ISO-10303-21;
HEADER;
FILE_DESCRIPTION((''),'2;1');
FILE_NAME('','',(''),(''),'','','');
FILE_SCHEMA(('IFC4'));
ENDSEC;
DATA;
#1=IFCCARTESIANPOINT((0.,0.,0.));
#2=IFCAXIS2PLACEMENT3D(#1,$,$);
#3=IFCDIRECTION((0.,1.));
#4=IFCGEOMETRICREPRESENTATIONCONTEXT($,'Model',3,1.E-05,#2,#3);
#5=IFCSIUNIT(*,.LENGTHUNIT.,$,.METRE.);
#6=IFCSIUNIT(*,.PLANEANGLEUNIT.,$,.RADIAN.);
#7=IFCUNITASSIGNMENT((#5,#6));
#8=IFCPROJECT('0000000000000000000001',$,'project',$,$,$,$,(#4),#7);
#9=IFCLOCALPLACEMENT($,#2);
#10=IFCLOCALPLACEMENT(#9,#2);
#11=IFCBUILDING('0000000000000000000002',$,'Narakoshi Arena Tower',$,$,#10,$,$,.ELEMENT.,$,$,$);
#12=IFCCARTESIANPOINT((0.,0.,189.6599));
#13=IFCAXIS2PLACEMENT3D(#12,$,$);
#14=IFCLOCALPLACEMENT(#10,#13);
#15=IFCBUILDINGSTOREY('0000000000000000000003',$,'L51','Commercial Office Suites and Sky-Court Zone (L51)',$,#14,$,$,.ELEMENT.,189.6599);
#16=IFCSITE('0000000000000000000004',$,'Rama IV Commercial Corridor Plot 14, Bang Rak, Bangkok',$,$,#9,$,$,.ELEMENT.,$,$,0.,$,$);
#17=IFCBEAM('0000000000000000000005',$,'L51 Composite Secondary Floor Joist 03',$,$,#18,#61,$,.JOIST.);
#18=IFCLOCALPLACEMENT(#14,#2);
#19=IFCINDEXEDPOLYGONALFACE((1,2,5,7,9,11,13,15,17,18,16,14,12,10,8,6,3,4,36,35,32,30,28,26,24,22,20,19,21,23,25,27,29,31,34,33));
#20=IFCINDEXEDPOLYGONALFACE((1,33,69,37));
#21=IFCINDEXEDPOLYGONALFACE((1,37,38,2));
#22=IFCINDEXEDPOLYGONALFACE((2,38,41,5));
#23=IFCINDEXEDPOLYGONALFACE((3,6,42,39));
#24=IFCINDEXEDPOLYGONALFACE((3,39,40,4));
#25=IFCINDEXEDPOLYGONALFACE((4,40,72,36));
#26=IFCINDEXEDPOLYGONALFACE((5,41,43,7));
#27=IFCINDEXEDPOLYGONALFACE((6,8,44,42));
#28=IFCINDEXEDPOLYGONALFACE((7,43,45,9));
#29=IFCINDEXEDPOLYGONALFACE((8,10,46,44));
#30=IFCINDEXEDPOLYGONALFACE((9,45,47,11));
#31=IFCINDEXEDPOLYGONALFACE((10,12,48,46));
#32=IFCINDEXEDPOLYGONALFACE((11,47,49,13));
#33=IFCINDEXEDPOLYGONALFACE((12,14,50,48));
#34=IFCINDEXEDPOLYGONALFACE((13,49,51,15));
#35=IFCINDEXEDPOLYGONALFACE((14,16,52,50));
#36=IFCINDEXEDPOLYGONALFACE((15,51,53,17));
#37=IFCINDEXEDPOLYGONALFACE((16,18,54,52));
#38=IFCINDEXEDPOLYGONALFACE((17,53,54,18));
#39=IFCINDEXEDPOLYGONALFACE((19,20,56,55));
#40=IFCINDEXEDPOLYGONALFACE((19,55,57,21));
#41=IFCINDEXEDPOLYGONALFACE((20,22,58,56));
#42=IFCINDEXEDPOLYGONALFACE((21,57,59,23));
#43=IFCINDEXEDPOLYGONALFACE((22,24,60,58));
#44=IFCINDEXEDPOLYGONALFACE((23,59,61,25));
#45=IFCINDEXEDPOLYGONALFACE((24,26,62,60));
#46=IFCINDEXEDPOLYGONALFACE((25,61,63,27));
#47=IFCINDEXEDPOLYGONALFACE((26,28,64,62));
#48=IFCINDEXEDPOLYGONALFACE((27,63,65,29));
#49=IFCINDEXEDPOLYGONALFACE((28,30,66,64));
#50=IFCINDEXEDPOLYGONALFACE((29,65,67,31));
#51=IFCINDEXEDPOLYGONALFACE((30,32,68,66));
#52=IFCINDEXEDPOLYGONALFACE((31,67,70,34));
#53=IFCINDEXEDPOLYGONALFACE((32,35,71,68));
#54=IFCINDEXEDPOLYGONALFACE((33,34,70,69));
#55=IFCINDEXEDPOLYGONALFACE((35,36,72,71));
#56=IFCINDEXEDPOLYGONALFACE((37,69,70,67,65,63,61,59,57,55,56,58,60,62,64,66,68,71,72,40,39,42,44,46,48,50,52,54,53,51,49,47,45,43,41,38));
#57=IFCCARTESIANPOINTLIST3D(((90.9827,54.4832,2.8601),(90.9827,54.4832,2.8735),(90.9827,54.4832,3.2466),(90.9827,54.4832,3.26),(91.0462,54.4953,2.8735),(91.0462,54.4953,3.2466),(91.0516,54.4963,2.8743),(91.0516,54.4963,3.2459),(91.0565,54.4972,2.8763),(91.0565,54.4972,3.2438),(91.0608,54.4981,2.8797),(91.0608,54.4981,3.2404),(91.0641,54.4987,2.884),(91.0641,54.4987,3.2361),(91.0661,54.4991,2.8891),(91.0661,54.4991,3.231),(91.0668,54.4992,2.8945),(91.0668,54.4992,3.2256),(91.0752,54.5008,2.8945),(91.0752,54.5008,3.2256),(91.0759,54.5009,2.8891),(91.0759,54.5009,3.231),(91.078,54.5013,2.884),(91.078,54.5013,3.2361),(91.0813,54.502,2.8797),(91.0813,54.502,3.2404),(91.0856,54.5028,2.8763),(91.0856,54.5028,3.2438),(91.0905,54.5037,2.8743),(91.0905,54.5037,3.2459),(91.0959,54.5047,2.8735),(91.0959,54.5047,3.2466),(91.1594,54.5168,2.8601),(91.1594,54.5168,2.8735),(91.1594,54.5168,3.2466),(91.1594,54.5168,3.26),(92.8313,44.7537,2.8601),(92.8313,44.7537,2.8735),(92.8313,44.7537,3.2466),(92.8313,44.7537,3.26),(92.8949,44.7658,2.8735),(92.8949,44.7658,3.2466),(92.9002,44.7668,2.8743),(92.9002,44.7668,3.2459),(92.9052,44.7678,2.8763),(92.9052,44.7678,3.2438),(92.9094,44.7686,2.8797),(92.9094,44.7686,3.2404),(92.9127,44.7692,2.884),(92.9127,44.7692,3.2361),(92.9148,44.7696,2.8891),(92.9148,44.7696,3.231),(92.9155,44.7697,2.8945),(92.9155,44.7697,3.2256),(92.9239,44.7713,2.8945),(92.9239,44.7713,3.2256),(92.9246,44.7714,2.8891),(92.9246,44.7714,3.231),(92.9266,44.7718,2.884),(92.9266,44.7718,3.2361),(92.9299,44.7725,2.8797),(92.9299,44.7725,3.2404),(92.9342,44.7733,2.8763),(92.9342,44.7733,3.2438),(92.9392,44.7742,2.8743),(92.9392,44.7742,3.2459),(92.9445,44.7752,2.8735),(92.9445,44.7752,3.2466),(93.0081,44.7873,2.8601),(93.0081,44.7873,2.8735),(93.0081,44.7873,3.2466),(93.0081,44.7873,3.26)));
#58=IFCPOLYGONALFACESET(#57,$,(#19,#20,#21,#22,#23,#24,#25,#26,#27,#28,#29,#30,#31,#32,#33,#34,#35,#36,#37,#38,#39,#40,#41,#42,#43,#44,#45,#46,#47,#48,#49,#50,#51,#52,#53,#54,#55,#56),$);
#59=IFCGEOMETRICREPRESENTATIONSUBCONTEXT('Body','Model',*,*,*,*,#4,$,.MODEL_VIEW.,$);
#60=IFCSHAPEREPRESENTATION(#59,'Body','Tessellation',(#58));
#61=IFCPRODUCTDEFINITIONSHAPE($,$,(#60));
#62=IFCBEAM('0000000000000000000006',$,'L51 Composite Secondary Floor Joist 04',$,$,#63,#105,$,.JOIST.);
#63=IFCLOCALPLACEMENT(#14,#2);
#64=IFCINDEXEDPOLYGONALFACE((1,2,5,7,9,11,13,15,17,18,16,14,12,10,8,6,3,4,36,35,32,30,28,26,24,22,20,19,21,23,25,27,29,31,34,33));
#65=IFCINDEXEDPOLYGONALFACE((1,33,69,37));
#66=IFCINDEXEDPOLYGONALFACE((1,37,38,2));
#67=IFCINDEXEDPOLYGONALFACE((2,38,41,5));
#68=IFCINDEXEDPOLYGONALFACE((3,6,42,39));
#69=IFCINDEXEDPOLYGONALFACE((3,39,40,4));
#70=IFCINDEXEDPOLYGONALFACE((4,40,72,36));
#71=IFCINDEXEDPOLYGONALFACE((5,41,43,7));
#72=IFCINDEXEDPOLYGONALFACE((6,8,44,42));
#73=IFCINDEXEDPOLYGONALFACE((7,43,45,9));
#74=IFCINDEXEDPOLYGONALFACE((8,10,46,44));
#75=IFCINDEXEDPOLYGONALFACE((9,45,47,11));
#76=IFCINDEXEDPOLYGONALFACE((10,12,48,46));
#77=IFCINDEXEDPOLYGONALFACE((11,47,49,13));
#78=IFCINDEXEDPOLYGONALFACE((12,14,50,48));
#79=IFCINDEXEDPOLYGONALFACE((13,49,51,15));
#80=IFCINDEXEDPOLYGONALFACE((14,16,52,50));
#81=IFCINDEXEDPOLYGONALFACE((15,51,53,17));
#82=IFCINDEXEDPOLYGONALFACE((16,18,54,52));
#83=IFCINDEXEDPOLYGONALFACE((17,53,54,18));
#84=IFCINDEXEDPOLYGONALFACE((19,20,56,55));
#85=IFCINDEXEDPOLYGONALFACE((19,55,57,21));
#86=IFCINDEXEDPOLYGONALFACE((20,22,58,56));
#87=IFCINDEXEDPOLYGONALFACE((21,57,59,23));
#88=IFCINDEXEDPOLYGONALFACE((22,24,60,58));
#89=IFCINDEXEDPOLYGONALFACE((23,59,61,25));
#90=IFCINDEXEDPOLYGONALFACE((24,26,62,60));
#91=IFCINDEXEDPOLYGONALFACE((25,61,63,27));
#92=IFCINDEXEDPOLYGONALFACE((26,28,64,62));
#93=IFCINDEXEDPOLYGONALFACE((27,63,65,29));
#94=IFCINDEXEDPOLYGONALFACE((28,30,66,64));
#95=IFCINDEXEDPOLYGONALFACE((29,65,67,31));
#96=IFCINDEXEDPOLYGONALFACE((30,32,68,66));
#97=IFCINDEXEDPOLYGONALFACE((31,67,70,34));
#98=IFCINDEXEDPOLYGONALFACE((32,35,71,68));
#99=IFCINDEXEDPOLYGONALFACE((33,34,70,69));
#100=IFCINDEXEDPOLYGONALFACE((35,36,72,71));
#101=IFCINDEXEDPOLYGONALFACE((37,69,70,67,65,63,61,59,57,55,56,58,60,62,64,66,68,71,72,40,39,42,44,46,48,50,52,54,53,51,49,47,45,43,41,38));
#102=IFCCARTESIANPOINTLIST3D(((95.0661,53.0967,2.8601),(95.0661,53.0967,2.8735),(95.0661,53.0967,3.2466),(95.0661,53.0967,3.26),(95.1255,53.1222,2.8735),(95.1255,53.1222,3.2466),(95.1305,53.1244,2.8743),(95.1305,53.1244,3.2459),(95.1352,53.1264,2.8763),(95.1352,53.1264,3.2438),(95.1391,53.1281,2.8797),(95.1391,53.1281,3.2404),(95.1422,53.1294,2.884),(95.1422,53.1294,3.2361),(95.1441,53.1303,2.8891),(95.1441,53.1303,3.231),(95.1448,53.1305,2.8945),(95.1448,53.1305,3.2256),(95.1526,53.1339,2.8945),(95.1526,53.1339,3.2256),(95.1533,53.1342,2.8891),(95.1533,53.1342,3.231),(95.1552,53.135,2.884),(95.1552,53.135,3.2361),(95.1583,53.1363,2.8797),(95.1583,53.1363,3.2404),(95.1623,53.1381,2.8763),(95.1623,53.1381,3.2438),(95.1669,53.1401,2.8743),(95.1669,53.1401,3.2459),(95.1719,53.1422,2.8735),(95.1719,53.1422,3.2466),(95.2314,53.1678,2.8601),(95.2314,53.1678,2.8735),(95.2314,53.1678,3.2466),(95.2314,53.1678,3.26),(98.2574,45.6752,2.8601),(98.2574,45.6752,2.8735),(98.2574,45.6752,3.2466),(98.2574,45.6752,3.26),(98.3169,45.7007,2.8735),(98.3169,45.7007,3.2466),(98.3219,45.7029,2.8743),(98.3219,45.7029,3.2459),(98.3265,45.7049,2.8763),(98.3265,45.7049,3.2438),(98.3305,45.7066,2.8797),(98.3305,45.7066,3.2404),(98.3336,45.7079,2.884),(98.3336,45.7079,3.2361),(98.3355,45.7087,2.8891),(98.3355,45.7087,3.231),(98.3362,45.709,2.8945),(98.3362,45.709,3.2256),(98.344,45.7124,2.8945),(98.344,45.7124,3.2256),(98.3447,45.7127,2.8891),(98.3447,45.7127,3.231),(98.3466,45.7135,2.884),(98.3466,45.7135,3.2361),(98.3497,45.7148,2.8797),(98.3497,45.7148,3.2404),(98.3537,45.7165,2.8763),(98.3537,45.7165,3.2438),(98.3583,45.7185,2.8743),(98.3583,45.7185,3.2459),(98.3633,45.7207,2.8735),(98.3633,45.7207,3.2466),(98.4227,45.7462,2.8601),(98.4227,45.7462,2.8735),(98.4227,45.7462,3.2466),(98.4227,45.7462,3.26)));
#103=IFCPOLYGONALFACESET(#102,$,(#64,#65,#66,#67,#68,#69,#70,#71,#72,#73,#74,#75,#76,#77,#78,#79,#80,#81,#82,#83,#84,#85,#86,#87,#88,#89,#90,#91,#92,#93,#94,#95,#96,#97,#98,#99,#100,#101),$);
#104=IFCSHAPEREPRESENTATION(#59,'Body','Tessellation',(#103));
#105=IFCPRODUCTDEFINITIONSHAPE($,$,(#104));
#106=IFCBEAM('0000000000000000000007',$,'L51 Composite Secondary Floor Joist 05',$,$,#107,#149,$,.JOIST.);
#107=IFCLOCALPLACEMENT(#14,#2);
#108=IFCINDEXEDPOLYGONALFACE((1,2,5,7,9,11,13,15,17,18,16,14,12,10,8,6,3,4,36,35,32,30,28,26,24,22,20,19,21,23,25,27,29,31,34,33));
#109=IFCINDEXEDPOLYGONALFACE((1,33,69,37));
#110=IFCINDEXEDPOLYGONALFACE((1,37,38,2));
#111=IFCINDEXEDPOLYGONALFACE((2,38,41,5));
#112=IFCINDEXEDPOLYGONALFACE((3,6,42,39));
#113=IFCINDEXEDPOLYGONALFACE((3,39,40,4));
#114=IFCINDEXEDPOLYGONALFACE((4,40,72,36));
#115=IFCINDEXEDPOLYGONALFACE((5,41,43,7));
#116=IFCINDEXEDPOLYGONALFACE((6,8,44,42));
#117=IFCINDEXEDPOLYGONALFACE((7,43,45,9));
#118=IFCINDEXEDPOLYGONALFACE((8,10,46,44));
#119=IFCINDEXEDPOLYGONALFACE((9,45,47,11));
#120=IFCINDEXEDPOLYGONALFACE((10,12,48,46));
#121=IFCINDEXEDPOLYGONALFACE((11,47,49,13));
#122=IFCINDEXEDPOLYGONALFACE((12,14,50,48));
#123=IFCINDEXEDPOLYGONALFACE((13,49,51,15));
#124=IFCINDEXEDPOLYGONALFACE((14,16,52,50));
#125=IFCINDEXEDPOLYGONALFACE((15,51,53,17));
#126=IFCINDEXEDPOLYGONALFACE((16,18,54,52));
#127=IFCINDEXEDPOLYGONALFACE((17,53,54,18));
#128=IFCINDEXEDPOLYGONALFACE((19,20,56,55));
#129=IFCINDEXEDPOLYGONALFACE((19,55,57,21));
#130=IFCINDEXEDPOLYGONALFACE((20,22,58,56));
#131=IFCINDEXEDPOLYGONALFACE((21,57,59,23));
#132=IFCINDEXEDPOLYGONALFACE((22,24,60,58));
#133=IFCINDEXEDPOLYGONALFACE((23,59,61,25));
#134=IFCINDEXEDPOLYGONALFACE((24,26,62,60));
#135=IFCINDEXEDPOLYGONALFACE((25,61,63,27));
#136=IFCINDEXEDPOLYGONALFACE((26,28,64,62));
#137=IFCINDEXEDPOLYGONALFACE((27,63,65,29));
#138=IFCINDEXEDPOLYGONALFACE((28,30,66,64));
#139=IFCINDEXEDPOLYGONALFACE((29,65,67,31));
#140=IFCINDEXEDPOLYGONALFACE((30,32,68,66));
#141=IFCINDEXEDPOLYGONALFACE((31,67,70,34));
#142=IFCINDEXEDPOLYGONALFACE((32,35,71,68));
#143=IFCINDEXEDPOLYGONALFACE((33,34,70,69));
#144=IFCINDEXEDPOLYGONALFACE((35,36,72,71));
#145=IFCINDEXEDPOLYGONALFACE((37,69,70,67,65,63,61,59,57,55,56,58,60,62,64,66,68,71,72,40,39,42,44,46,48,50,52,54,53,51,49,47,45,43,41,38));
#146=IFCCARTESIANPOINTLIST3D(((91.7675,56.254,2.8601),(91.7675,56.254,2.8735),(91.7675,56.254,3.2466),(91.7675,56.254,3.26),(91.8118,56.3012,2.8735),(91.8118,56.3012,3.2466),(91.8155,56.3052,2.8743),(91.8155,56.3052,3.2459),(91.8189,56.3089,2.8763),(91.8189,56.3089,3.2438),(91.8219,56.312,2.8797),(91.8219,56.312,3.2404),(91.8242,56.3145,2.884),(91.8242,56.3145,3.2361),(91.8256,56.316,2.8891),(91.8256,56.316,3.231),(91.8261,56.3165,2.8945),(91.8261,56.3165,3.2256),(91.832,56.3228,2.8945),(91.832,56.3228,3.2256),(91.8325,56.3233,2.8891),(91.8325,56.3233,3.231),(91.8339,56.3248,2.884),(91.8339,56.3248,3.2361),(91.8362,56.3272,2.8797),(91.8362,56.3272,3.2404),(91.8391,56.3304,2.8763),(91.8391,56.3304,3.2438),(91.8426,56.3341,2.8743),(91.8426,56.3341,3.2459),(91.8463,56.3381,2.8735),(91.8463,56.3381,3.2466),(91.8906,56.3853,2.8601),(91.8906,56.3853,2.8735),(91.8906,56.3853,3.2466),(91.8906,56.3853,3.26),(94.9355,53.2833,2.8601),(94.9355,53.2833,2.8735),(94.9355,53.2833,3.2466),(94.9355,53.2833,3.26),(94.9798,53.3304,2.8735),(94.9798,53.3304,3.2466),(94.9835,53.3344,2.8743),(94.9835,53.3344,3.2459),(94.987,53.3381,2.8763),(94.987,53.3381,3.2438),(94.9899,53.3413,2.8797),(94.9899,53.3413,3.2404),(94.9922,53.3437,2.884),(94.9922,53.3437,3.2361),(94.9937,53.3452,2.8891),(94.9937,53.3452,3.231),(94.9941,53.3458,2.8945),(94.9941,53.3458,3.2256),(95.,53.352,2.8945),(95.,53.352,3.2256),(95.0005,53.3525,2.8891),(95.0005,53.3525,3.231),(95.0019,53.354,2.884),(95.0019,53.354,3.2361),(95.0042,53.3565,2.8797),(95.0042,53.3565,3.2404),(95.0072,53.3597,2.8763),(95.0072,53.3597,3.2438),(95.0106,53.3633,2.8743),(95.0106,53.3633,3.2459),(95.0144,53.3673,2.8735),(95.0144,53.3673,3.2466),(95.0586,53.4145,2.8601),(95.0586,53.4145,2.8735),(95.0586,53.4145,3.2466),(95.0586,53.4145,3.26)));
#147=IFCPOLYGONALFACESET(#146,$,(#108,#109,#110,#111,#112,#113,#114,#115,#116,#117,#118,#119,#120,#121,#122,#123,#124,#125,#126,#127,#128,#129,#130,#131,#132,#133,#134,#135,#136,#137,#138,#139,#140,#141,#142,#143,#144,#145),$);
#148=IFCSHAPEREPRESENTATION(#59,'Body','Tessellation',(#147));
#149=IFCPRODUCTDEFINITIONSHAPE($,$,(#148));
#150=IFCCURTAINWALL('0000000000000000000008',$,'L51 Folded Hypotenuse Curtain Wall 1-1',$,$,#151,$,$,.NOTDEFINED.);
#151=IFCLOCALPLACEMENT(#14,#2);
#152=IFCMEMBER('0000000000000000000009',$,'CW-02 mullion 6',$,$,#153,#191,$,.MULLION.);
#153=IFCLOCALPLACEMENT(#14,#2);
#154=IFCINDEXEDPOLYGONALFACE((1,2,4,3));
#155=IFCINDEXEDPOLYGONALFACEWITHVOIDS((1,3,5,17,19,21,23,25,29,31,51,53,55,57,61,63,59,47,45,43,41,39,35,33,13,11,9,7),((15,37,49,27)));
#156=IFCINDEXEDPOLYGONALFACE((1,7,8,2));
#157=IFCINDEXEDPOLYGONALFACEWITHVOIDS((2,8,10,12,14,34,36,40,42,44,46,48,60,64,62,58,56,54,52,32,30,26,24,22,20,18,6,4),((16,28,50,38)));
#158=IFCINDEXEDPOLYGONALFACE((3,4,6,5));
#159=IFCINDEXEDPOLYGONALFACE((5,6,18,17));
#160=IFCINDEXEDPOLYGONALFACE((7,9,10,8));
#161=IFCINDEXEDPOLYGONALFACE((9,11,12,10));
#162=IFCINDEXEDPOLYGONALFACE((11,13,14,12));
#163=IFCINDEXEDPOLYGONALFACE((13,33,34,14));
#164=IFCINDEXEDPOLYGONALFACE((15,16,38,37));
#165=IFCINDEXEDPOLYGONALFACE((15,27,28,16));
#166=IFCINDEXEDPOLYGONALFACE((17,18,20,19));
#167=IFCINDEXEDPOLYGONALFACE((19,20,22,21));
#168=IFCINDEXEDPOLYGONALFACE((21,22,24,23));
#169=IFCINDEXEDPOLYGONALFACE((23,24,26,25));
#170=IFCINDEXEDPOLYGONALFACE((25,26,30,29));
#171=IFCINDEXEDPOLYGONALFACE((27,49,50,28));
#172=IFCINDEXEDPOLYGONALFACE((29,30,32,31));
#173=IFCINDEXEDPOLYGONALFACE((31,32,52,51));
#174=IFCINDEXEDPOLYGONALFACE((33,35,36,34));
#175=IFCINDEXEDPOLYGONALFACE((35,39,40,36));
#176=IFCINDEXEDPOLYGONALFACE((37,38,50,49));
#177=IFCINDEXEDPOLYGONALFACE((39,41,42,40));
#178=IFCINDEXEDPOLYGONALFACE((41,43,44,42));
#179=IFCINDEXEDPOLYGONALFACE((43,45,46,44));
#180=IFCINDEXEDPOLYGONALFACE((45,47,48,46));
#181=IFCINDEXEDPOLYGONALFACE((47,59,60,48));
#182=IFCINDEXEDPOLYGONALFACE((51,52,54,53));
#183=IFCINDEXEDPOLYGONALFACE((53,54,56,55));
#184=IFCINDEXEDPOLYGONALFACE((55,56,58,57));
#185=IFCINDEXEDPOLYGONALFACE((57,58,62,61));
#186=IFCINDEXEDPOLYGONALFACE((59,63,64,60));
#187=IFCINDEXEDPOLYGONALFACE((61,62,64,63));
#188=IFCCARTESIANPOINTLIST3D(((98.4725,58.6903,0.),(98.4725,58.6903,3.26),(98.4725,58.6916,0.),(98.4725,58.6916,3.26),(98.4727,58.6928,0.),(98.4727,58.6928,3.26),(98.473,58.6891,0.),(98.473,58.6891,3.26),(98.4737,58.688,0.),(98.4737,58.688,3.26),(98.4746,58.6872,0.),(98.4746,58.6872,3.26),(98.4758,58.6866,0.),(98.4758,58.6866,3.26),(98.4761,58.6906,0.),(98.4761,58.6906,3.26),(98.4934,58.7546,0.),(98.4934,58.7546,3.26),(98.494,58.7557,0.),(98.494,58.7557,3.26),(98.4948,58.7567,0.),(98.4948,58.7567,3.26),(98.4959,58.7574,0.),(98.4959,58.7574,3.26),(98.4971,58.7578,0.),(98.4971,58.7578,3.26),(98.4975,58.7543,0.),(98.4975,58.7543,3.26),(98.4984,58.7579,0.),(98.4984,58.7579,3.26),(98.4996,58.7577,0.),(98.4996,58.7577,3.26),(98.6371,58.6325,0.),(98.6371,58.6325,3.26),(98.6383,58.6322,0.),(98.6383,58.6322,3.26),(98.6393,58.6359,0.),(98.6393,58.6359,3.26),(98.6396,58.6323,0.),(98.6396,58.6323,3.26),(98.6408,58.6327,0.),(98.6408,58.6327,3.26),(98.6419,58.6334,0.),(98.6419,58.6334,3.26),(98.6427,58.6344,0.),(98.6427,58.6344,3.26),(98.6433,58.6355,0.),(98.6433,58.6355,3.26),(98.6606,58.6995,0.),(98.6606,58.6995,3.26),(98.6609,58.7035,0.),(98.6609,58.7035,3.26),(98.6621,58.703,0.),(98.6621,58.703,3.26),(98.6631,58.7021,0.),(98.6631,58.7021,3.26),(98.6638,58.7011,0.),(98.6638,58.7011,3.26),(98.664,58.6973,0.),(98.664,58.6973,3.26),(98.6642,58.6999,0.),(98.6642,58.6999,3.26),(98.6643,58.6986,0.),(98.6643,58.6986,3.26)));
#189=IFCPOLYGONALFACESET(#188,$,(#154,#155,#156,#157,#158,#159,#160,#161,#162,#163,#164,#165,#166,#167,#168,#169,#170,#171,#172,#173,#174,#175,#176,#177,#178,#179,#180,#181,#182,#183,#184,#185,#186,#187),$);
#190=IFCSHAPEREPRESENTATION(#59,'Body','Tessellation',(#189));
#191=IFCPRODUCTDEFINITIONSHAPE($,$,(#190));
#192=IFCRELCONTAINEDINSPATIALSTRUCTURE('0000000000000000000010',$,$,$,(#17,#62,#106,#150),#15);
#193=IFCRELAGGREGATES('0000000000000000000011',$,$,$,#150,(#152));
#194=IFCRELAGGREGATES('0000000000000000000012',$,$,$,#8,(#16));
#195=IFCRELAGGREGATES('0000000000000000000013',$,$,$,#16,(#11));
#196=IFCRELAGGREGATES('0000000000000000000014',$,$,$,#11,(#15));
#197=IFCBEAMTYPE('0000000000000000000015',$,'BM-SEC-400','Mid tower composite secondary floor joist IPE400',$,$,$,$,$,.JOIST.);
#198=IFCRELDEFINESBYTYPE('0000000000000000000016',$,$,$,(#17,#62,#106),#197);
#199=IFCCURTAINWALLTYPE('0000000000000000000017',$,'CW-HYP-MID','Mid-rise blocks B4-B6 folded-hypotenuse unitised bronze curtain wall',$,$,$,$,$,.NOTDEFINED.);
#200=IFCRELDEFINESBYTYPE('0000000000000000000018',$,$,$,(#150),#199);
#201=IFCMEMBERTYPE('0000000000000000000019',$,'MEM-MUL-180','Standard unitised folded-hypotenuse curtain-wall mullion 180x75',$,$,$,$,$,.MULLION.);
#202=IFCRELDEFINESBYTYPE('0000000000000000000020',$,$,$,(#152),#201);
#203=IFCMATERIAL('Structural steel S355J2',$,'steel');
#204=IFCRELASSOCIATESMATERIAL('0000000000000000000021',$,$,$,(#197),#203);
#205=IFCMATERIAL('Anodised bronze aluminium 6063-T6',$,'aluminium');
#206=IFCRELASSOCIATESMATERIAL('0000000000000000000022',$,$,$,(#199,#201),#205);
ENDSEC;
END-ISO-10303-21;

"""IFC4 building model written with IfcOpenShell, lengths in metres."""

from ifc_helpers import new_model, si_unit, direction, frame, origin, origin_2d, place, context, subcontext, project, spatial, hollow_rectangle, i_section, extrude, material, material_profile, profile_set, type_object, element, aggregate, save


model = new_model("IFC4")

# Units and contexts
model_context = context("Model", 3, precision=1e-05, world=origin(), true_north=direction((0.0, 1.0)))
body_context = subcontext(model_context, "Body", "Model", "MODEL_VIEW")
ifc_project = project(units=[si_unit("LENGTHUNIT", "METRE"), si_unit("PLANEANGLEUNIT", "RADIAN")], contexts=[model_context])

# Site, building, storey
site_placement = place(None, origin())
site = spatial("IfcSite", under=ifc_project, at=site_placement, Name="Rama IV Commercial Corridor Plot 14, Bang Rak, Bangkok", CompositionType="ELEMENT", RefElevation=0.0)
building_placement = place(site_placement, origin())
building = spatial("IfcBuilding", under=site, at=building_placement, Name="Narakoshi Arena Tower", CompositionType="ELEMENT")
storey_placement = place(building_placement, frame((0.0, 0.0, 189.6599)))
storey = spatial("IfcBuildingStorey", under=building, at=storey_placement, Name="L51", Description="Commercial Office Suites and Sky-Court Zone (L51)", CompositionType="ELEMENT", Elevation=189.6599)

# Beams
ifc_material_1 = material(Name="Structural steel S355J2", Category="steel")
ifc_material_profile_1 = material_profile(ifc_material_1, i_section(OverallWidth=0.1799, OverallDepth=0.3999, WebThickness=0.0085, FlangeThickness=0.0134, FilletRadius=0.021, at=origin_2d()), Name="IPE400")
ifc_profile_set_1 = profile_set([ifc_material_profile_1], Name="Structural steel S355J2")
beam_type_1 = type_object("IfcBeamType", Name="BM-SEC-400", Description="Mid tower composite secondary floor joist IPE400", PredefinedType="JOIST", material=ifc_profile_set_1)
beam_1_placement = place(storey_placement, frame((92.9197, 44.7705, 3.0601), z_axis=(-0.186664, 0.982424, 0.0), x_axis=(-0.982424, -0.186664, 0.0)))
element("IfcBeam", 1, at=beam_1_placement, inside=storey, type_object=beam_type_1, Name="L51 Composite Secondary Floor Joist 03", PredefinedType="JOIST", context=body_context, shape_type="SweptSolid", body=[
    extrude(i_section(OverallWidth=0.1799, OverallDepth=0.3999, WebThickness=0.0085, FlangeThickness=0.0134, FilletRadius=0.021, at=origin_2d()), origin(), (0.0, 0.0, 1.0), 9.9036),
])
beam_2_placement = place(storey_placement, frame((98.3401, 45.7107, 3.0601), z_axis=(-0.395039, 0.918664, 0.0), x_axis=(-0.918664, -0.395039, 0.0)))
element("IfcBeam", 2, at=beam_2_placement, inside=storey, type_object=beam_type_1, Name="L51 Composite Secondary Floor Joist 04", PredefinedType="JOIST", context=body_context, shape_type="SweptSolid", body=[
    extrude(i_section(OverallWidth=0.1799, OverallDepth=0.3999, WebThickness=0.0085, FlangeThickness=0.0134, FilletRadius=0.021, at=origin_2d()), origin(), (0.0, 0.0, 1.0), 8.0786),
])
beam_3_placement = place(storey_placement, frame((94.9971, 53.3489, 3.0601), z_axis=(-0.729453, 0.684031, 0.0), x_axis=(-0.684031, -0.729453, 0.0)))
element("IfcBeam", 3, at=beam_3_placement, inside=storey, type_object=beam_type_1, Name="L51 Composite Secondary Floor Joist 05", PredefinedType="JOIST", context=body_context, shape_type="SweptSolid", body=[
    extrude(i_section(OverallWidth=0.1799, OverallDepth=0.3999, WebThickness=0.0085, FlangeThickness=0.0134, FilletRadius=0.021, at=origin_2d()), origin(), (0.0, 0.0, 1.0), 4.343),
])

# Curtain wall, member
ifc_material_2 = material(Name="Anodised bronze aluminium 6063-T6", Category="aluminium")
curtain_wall_type = type_object("IfcCurtainWallType", Name="CW-HYP-MID", Description="Mid-rise blocks B4-B6 folded-hypotenuse unitised bronze curtain wall", PredefinedType="NOTDEFINED", material=ifc_material_2)
curtain_wall_placement = place(storey_placement, origin())
curtain_wall = element("IfcCurtainWall", 4, at=curtain_wall_placement, inside=storey, type_object=curtain_wall_type, Name="L51 Folded Hypotenuse Curtain Wall 1-1", PredefinedType="NOTDEFINED")
ifc_material_profile_2 = material_profile(ifc_material_2, hollow_rectangle(XDim=0.075, YDim=0.1799, WallThickness=0.0039, OuterFilletRadius=0.0049, at=origin_2d()), Name="MUL180x75x4")
ifc_profile_set_2 = profile_set([ifc_material_profile_2], Name="Anodised bronze aluminium 6063-T6")
member_type_1 = type_object("IfcMemberType", Name="MEM-MUL-180", Description="Standard unitised folded-hypotenuse curtain-wall mullion 180x75", PredefinedType="MULLION", material=ifc_profile_set_2)
member_1_placement = place(storey_placement, frame((98.5684, 58.6951, 0.0), z_axis=(0.0, 0.0, 1.0), x_axis=(-0.318261, -0.948003, 0.0)))
member_1 = element("IfcMember", 5, at=member_1_placement, type_object=member_type_1, Name="CW-02 mullion 6", PredefinedType="MULLION", context=body_context, shape_type="SweptSolid", body=[
    extrude(hollow_rectangle(XDim=0.075, YDim=0.1799, WallThickness=0.0039, OuterFilletRadius=0.0049, at=origin_2d()), origin(), (0.0, 0.0, 1.0), 3.26),
])
aggregate(curtain_wall, [member_1])

save(model, "model.ifc")
